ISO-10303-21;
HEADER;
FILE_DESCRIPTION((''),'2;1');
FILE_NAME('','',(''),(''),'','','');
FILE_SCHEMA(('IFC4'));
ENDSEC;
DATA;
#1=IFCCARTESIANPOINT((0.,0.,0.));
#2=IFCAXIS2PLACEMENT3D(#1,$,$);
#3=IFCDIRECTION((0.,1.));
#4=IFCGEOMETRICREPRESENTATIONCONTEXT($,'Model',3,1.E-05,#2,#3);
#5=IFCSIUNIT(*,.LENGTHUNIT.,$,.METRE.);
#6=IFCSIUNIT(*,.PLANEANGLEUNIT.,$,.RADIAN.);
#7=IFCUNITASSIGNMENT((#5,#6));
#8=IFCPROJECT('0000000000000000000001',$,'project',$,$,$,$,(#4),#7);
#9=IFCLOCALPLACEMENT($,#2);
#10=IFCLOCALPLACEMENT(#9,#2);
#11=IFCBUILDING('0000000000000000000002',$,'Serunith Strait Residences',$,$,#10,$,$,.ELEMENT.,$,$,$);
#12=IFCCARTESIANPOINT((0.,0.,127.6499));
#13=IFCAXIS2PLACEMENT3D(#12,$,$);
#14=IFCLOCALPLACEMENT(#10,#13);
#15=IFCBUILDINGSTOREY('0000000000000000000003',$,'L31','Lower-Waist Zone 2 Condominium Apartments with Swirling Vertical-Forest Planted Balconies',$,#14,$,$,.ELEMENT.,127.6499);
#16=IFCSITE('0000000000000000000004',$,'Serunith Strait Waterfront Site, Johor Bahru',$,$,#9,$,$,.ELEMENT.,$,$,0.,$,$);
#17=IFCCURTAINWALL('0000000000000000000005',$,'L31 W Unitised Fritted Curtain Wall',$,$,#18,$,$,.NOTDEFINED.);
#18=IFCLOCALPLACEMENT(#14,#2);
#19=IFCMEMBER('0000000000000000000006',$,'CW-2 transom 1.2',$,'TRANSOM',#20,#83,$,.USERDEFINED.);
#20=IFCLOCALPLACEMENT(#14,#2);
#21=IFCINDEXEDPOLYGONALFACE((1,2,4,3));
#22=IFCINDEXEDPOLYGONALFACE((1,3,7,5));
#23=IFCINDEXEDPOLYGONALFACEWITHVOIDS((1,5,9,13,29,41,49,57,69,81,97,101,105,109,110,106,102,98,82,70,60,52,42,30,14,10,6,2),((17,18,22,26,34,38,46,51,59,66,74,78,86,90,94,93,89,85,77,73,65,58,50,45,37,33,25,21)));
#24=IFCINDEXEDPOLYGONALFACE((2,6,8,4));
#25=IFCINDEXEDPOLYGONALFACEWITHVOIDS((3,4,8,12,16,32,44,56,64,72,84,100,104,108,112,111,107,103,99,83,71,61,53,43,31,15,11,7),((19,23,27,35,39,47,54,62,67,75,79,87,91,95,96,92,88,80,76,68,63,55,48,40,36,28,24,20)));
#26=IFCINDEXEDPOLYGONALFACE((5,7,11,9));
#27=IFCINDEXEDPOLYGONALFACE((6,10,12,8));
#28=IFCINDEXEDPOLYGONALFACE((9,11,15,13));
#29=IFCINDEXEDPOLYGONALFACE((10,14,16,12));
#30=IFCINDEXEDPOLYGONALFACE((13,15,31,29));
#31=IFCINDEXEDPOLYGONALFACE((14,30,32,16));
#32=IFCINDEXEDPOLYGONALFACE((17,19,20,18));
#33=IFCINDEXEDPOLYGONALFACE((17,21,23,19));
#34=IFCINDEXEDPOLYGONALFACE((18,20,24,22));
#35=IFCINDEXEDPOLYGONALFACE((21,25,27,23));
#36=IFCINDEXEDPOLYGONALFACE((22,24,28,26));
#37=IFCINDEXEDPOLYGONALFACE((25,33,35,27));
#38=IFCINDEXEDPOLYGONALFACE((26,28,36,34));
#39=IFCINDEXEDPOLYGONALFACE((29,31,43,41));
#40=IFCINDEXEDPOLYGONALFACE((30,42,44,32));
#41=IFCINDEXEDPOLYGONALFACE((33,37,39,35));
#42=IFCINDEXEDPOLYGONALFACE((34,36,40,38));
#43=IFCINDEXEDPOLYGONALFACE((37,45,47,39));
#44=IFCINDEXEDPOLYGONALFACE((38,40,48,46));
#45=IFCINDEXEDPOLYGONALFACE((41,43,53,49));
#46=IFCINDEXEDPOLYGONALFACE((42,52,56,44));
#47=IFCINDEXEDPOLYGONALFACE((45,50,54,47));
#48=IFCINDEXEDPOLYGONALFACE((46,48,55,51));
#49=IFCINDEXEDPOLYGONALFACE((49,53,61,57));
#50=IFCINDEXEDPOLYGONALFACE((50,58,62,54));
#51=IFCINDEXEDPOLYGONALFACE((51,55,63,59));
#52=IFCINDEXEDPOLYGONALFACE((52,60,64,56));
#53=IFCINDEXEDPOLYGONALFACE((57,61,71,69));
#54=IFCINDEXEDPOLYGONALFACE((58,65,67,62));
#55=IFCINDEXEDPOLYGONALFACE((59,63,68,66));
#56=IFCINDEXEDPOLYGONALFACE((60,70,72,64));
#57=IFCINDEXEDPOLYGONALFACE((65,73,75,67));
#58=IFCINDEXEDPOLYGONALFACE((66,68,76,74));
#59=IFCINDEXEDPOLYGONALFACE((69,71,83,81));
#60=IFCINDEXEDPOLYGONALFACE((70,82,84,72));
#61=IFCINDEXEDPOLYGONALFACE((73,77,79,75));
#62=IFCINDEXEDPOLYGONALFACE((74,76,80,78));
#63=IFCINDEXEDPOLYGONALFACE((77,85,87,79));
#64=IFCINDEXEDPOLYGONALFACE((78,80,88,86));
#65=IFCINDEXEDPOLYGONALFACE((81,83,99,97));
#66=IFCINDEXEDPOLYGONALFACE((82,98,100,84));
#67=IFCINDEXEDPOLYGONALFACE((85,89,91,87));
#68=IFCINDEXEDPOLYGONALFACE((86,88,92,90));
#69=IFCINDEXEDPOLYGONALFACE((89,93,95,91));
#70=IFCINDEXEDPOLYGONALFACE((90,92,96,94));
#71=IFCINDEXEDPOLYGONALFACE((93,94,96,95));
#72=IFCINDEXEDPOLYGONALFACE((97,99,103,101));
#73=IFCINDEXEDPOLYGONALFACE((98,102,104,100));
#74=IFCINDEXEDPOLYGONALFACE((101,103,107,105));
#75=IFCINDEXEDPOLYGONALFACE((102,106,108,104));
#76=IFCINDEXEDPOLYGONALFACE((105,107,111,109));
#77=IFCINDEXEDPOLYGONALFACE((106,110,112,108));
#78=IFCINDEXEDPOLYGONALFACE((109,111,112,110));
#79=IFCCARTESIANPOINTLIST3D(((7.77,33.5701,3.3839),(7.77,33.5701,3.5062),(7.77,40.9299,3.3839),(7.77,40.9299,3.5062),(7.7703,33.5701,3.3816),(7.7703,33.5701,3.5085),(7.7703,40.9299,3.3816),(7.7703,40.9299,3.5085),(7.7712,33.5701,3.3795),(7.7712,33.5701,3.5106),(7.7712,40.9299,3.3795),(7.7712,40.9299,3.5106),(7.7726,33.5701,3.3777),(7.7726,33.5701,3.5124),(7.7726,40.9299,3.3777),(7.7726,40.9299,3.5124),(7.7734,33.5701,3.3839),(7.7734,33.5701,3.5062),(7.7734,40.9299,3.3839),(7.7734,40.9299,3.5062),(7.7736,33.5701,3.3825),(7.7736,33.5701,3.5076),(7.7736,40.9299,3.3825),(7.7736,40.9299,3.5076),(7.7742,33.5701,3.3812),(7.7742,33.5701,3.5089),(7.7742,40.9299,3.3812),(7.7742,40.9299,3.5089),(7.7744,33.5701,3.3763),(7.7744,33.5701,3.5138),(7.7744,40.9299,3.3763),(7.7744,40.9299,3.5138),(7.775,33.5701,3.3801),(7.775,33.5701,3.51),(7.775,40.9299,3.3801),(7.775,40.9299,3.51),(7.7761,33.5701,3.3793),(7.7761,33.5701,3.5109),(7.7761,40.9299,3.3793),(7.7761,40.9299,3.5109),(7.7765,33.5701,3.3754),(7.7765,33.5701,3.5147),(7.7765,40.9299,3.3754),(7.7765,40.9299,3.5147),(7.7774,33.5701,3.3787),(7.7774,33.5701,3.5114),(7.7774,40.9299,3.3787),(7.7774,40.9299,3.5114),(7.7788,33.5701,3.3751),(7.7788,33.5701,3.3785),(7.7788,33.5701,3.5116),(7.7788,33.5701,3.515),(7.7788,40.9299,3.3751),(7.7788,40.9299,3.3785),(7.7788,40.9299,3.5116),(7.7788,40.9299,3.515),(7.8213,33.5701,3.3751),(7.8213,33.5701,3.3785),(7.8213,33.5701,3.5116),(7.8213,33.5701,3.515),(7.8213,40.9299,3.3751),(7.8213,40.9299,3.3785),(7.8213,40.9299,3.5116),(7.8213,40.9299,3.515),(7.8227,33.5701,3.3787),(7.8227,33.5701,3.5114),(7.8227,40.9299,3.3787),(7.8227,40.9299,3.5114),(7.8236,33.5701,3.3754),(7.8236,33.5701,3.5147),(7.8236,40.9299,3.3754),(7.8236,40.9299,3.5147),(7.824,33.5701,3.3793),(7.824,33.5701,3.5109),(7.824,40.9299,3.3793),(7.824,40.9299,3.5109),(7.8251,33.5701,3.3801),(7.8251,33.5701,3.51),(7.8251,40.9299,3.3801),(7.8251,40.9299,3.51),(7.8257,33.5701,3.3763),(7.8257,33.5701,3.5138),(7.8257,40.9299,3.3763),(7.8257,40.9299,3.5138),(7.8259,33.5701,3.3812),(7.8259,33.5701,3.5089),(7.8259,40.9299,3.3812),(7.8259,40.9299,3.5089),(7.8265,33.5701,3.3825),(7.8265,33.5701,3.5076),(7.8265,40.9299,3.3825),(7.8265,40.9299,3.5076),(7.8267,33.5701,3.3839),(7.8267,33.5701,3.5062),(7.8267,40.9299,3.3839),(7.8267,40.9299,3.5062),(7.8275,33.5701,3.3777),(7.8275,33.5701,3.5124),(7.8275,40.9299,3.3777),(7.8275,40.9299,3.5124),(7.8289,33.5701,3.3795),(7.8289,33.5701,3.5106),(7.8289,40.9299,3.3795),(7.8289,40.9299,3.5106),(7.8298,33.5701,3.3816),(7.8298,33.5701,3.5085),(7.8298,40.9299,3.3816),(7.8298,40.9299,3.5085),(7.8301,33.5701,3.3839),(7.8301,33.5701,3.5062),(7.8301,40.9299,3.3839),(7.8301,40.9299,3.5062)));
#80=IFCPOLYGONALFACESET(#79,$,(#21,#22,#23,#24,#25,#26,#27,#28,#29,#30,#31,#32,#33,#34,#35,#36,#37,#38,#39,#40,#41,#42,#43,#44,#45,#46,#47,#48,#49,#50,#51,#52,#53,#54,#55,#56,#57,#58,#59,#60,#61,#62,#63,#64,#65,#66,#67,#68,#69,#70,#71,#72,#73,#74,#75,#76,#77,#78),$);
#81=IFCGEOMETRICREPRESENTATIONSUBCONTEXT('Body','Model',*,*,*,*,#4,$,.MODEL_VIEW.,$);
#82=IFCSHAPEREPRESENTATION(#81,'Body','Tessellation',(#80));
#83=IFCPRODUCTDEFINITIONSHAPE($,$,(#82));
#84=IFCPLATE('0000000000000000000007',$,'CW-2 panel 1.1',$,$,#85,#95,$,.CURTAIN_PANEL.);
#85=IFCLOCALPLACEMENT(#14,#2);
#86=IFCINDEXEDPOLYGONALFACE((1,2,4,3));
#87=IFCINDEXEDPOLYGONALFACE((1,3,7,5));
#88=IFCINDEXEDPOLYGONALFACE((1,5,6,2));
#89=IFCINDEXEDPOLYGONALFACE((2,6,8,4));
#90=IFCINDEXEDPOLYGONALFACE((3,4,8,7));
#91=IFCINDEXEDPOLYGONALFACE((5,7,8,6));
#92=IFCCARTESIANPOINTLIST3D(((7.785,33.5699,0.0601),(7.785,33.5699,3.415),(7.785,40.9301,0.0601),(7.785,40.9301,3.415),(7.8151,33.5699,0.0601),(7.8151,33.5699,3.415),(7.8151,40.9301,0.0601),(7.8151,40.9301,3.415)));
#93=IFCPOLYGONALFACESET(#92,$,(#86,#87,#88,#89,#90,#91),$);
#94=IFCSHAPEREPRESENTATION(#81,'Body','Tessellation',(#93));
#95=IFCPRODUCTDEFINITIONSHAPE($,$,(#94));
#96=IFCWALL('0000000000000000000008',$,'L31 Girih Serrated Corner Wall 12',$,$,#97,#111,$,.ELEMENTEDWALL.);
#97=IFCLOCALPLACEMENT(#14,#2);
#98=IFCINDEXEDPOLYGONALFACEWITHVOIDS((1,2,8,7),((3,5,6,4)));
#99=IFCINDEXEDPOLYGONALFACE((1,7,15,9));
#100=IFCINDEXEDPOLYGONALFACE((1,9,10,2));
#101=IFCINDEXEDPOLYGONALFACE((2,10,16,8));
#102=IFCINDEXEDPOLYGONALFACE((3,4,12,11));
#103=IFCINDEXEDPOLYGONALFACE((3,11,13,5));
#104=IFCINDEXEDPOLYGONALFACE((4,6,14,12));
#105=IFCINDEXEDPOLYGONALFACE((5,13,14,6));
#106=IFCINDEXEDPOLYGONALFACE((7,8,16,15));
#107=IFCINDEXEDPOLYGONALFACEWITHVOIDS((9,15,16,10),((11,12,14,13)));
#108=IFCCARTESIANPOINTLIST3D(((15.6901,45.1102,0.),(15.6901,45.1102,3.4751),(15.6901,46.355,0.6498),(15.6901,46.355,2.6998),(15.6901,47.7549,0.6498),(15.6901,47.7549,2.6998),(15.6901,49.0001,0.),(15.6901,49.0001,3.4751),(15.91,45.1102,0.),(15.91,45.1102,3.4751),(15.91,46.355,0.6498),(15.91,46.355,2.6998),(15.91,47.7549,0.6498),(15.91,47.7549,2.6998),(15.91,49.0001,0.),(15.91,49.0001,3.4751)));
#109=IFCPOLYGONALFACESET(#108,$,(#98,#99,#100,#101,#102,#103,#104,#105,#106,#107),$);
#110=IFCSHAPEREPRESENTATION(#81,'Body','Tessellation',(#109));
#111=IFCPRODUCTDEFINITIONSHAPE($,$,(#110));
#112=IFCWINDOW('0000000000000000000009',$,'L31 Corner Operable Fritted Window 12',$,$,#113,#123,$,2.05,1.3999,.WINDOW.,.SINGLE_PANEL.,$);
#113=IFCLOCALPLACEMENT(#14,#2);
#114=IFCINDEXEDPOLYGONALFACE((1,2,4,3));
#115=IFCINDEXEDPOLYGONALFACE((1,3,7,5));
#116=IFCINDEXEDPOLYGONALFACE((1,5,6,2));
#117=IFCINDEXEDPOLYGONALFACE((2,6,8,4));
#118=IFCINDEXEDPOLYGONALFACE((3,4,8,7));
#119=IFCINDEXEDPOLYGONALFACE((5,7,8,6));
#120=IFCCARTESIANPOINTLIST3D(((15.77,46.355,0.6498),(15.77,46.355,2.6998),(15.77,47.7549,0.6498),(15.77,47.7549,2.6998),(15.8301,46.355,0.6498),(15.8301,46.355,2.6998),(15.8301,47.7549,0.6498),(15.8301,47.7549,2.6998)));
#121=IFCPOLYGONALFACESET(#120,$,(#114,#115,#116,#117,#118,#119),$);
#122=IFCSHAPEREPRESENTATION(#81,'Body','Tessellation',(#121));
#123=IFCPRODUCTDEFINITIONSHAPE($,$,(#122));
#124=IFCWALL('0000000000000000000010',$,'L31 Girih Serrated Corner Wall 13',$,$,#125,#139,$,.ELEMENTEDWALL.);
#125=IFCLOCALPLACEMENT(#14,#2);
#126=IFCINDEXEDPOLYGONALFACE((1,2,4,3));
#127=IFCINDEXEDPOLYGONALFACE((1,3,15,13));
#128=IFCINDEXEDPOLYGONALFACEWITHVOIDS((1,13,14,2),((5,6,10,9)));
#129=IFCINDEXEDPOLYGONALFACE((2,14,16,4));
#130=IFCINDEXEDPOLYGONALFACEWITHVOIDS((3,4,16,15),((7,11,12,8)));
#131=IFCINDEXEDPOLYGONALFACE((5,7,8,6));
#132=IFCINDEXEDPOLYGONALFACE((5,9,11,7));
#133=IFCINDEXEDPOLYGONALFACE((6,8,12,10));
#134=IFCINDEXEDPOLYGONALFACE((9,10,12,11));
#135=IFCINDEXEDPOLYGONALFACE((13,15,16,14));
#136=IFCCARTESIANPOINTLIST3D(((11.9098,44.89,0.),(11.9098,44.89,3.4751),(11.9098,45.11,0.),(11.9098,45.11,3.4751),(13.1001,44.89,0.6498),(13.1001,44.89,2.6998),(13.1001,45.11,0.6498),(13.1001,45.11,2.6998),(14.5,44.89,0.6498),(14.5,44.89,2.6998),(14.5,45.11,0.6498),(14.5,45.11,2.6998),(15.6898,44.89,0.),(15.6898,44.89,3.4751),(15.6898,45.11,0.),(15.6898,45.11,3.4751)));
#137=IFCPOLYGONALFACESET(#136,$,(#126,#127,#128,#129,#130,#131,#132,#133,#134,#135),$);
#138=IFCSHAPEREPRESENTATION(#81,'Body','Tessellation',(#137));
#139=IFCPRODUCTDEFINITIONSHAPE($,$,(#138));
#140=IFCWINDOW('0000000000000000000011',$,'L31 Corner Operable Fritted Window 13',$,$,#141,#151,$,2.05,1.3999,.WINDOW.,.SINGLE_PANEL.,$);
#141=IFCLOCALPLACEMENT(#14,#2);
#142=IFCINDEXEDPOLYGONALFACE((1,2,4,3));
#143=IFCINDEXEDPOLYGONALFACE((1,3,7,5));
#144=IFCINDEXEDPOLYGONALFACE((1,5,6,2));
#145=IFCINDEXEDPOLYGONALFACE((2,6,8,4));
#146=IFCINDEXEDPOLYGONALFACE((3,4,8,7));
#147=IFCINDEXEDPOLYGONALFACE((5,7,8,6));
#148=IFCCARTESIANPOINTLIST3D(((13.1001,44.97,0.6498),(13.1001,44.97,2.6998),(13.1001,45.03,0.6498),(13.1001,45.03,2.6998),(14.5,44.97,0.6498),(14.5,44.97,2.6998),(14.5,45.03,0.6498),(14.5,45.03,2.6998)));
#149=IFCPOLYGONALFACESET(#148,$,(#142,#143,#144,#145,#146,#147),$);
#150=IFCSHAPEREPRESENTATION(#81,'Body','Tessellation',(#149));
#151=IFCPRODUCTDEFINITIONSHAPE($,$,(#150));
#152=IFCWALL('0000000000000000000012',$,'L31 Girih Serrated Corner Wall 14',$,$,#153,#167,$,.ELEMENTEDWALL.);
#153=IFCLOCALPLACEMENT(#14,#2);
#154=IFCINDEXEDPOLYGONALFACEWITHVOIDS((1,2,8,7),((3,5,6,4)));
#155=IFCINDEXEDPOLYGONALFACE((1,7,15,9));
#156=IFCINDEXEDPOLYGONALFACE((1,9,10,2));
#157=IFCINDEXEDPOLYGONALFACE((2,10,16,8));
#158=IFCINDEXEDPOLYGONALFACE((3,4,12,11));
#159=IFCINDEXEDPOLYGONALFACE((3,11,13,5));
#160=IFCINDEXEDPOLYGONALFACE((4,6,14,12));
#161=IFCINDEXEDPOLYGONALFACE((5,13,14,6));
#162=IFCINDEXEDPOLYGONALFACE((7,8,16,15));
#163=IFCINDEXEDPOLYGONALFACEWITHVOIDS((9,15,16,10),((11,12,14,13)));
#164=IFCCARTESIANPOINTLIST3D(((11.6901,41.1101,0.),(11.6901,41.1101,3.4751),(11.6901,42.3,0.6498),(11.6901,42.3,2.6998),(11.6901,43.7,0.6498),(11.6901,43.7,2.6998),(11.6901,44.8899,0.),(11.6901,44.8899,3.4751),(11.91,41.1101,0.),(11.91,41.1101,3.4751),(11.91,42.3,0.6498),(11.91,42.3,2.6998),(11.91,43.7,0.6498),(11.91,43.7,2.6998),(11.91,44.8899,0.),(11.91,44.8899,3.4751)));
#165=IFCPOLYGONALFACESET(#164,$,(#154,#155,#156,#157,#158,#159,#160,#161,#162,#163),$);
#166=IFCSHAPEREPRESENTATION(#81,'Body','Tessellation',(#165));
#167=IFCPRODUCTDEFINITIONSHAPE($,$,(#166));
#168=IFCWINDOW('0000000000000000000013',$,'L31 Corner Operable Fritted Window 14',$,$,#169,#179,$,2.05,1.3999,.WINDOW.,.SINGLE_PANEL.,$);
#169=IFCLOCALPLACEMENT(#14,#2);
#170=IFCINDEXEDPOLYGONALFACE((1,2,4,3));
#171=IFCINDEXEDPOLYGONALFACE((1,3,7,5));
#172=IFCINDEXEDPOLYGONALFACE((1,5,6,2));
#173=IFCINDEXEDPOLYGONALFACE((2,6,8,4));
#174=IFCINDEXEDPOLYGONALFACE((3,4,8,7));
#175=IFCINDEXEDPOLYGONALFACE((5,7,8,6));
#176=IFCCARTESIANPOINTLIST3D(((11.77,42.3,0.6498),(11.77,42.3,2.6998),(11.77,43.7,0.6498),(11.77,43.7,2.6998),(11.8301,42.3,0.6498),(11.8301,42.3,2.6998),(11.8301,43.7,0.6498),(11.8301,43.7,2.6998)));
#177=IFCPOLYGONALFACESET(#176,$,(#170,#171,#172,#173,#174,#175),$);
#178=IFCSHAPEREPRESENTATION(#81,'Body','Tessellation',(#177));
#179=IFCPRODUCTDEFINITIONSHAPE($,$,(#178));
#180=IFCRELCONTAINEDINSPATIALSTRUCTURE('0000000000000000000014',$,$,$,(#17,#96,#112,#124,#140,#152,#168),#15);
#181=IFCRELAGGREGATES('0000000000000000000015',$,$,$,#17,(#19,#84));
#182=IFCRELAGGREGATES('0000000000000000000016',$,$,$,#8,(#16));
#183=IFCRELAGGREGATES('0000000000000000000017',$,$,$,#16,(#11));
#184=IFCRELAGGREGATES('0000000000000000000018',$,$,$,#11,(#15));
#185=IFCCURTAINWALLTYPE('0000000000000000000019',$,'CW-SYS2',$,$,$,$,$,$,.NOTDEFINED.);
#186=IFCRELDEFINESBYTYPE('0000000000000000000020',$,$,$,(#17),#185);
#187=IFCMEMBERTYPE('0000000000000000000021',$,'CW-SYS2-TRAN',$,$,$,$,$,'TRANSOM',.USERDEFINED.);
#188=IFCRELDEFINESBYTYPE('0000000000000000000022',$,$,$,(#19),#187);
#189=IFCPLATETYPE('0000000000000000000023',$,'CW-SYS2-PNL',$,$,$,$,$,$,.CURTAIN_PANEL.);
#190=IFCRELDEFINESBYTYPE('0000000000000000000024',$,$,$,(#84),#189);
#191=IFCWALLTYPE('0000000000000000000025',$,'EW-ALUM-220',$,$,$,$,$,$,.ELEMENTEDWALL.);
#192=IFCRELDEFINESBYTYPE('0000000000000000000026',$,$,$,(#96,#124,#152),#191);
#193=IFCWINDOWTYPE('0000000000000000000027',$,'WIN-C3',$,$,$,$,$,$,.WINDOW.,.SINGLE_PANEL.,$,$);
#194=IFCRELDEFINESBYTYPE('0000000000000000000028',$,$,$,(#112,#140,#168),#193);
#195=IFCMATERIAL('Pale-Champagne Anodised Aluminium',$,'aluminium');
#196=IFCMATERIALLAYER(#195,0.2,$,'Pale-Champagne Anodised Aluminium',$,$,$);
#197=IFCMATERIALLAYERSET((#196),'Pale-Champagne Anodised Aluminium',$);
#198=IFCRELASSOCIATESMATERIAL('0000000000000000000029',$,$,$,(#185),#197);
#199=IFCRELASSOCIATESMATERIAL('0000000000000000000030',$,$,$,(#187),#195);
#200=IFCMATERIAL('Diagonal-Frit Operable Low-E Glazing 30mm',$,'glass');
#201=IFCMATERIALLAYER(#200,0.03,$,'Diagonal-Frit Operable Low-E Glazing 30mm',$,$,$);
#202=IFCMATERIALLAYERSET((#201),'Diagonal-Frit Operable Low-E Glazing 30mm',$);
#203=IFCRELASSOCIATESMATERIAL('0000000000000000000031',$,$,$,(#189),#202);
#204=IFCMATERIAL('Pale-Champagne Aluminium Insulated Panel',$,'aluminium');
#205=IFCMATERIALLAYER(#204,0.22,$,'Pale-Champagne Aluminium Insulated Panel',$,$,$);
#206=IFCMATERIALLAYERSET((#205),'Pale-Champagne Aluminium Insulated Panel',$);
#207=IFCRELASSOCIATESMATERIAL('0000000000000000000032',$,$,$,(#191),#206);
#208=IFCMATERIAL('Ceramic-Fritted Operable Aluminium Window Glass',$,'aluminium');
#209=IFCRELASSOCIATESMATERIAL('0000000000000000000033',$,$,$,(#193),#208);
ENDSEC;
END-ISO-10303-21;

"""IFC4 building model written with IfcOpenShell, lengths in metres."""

from ifc_helpers import new_model, si_unit, direction, frame, frame_2d, origin, origin_2d, place, context, subcontext, project, spatial, rectangle, hollow_rectangle, extrude, source, transform, mapped, material, layer, layer_set, material_profile, profile_set, type_object, element, fill, aggregate, save


model = new_model("IFC4")

# Units and contexts
model_context = context("Model", 3, precision=1e-05, world=origin(), true_north=direction((0.0, 1.0)))
body_context = subcontext(model_context, "Body", "Model", "MODEL_VIEW")
ifc_project = project(units=[si_unit("LENGTHUNIT", "METRE"), si_unit("PLANEANGLEUNIT", "RADIAN")], contexts=[model_context])

# Site, building, storey
site_placement = place(None, origin())
site = spatial("IfcSite", under=ifc_project, at=site_placement, Name="Serunith Strait Waterfront Site, Johor Bahru", CompositionType="ELEMENT", RefElevation=0.0)
building_placement = place(site_placement, origin())
building = spatial("IfcBuilding", under=site, at=building_placement, Name="Serunith Strait Residences", CompositionType="ELEMENT")
storey_placement = place(building_placement, frame((0.0, 0.0, 127.6499)))
storey = spatial("IfcBuildingStorey", under=building, at=storey_placement, Name="L31", Description="Lower-Waist Zone 2 Condominium Apartments with Swirling Vertical-Forest Planted Balconies", CompositionType="ELEMENT", Elevation=127.6499)

# Shared definitions
ifc_material_1 = material(Name="Pale-Champagne Anodised Aluminium", Category="aluminium")
ifc_layer_1 = layer(ifc_material_1, 0.2, Name="Pale-Champagne Anodised Aluminium")
ifc_layer_set_1 = layer_set([ifc_layer_1], Name="Pale-Champagne Anodised Aluminium")
curtain_wall_type = type_object("IfcCurtainWallType", Name="CW-SYS2", PredefinedType="NOTDEFINED", material=ifc_layer_set_1)

# Curtain wall, member, plate
curtain_wall_1_placement = place(storey_placement, origin())
curtain_wall_1 = element("IfcCurtainWall", 1, at=curtain_wall_1_placement, inside=storey, type_object=curtain_wall_type, Name="L31 W Unitised Fritted Curtain Wall", PredefinedType="NOTDEFINED")
ifc_material_profile_1 = material_profile(ifc_material_1, hollow_rectangle(XDim=0.0601, YDim=0.1399, WallThickness=0.0034, InnerFilletRadius=0.0054, OuterFilletRadius=0.0088, at=origin_2d()), Name="ALU 140x60x3.5")
ifc_profile_set_1 = profile_set([ifc_material_profile_1], Name="Pale-Champagne Anodised Aluminium")
member_type_1 = type_object("IfcMemberType", Name="CW-SYS2-TRAN", ElementType="TRANSOM", PredefinedType="USERDEFINED", material=ifc_profile_set_1)
shared_shape_1 = source(origin(), body_context, "Body", "SweptSolid", [
    extrude(hollow_rectangle(XDim=0.0601, YDim=0.1399, WallThickness=0.0034, InnerFilletRadius=0.0054, OuterFilletRadius=0.0088, at=origin_2d()), origin(), (0.0, 0.0, 1.0), 7.3599),
])
member_1_placement = place(storey_placement, frame((7.8, 40.9299, 3.4451), z_axis=(0.0, -1.0, 0.0), x_axis=(1.0, 0.0, 0.0)))
member_1 = element("IfcMember", 2, at=member_1_placement, type_object=member_type_1, Name="CW-2 transom 1.2", ObjectType="TRANSOM", PredefinedType="USERDEFINED", context=body_context, shape_type="MappedRepresentation", body=[
    mapped(shared_shape_1, transform((0.0, 0.0, 0.0), scale=1.0)),
])
ifc_material_2 = material(Name="Diagonal-Frit Operable Low-E Glazing 30mm", Category="glass")
ifc_layer_2 = layer(ifc_material_2, 0.03, Name="Diagonal-Frit Operable Low-E Glazing 30mm")
ifc_layer_set_2 = layer_set([ifc_layer_2], Name="Diagonal-Frit Operable Low-E Glazing 30mm")
plate_type = type_object("IfcPlateType", Name="CW-SYS2-PNL", PredefinedType="CURTAIN_PANEL", material=ifc_layer_set_2)
shared_shape_2 = source(origin(), body_context, "Body", "SweptSolid", [
    extrude(rectangle(XDim=7.3601, YDim=0.03, at=origin_2d()), origin(), (0.0, 0.0, 1.0), 3.355),
])
plate_placement = place(storey_placement, frame((7.8, 37.25, 0.0601), z_axis=(0.0, 0.0, 1.0), x_axis=(0.0, -1.0, 0.0)))
plate = element("IfcPlate", 3, at=plate_placement, type_object=plate_type, Name="CW-2 panel 1.1", PredefinedType="CURTAIN_PANEL", context=body_context, shape_type="MappedRepresentation", body=[
    mapped(shared_shape_2, transform((0.0, 0.0, 0.0), scale=1.0)),
])
aggregate(curtain_wall_1, [member_1, plate])

# Walls, openings, windows
ifc_material_3 = material(Name="Pale-Champagne Aluminium Insulated Panel", Category="aluminium")
ifc_layer_3 = layer(ifc_material_3, 0.22, Name="Pale-Champagne Aluminium Insulated Panel")
ifc_layer_set_3 = layer_set([ifc_layer_3], Name="Pale-Champagne Aluminium Insulated Panel")
wall_type_1 = type_object("IfcWallType", Name="EW-ALUM-220", PredefinedType="ELEMENTEDWALL", material=ifc_layer_set_3)
wall_1_placement = place(storey_placement, frame((15.8, 49.0, 0.0), z_axis=(0.0, 0.0, 1.0), x_axis=(0.0, -1.0, 0.0)))
wall_1 = element("IfcWall", 4, at=wall_1_placement, inside=storey, type_object=wall_type_1, Name="L31 Girih Serrated Corner Wall 12", PredefinedType="ELEMENTEDWALL", context=body_context, shape_type="SweptSolid", body=[
    extrude(rectangle(XDim=3.8899, YDim=0.22, at=frame_2d((1.9448, 0.0))), origin(), (0.0, 0.0, 1.0), 3.4751),
])
opening_1_placement = place(wall_1_placement, frame((1.2451, 0.0, 0.6499)))
opening_1 = element("IfcOpeningElement", 5, at=opening_1_placement, cuts=wall_1, PredefinedType="OPENING", context=body_context, shape_type="SweptSolid", body=[
    extrude(rectangle(XDim=1.3999, YDim=2.05, at=frame_2d((0.7, 1.0249))), frame((0.0, 0.1201, 0.0), z_axis=(0.0, -1.0, 0.0), x_axis=(1.0, 0.0, 0.0)), (0.0, 0.0, 1.0), 0.24),
])
ifc_material_4 = material(Name="Ceramic-Fritted Operable Aluminium Window Glass", Category="aluminium")
window_type = type_object("IfcWindowType", Name="WIN-C3", PartitioningType="SINGLE_PANEL", PredefinedType="WINDOW", material=ifc_material_4)
shared_shape_3 = source(origin(), body_context, "Body", "SweptSolid", [
    extrude(rectangle(XDim=1.3999, YDim=2.05, at=frame_2d((0.7, 1.0249))), frame((0.0, 0.03, 0.0), z_axis=(0.0, -1.0, 0.0), x_axis=(1.0, 0.0, 0.0)), (0.0, 0.0, 1.0), 0.0601),
])
window_1_placement = place(opening_1_placement, origin())
window_1 = element("IfcWindow", 6, at=window_1_placement, inside=storey, type_object=window_type, Name="L31 Corner Operable Fritted Window 12", OverallHeight=2.05, OverallWidth=1.3999, PartitioningType="SINGLE_PANEL", PredefinedType="WINDOW", context=body_context, shape_type="MappedRepresentation", body=[
    mapped(shared_shape_3, transform((0.0, 0.0, 0.0), scale=1.0)),
])
fill(opening_1, window_1)
wall_2_placement = place(storey_placement, frame((15.6899, 45.0, 0.0), z_axis=(0.0, 0.0, 1.0), x_axis=(-1.0, 0.0, 0.0)))
wall_2 = element("IfcWall", 7, at=wall_2_placement, inside=storey, type_object=wall_type_1, Name="L31 Girih Serrated Corner Wall 13", PredefinedType="ELEMENTEDWALL", context=body_context, shape_type="SweptSolid", body=[
    extrude(rectangle(XDim=3.78, YDim=0.22, at=frame_2d((1.8901, 0.0))), origin(), (0.0, 0.0, 1.0), 3.4751),
])
opening_2_placement = place(wall_2_placement, frame((1.1899, 0.0, 0.6499)))
opening_2 = element("IfcOpeningElement", 8, at=opening_2_placement, cuts=wall_2, PredefinedType="OPENING", context=body_context, shape_type="SweptSolid", body=[
    extrude(rectangle(XDim=1.3999, YDim=2.05, at=frame_2d((0.7, 1.0249))), frame((0.0, 0.1201, 0.0), z_axis=(0.0, -1.0, 0.0), x_axis=(1.0, 0.0, 0.0)), (0.0, 0.0, 1.0), 0.24),
])
window_2_placement = place(opening_2_placement, origin())
window_2 = element("IfcWindow", 9, at=window_2_placement, inside=storey, type_object=window_type, Name="L31 Corner Operable Fritted Window 13", OverallHeight=2.05, OverallWidth=1.3999, PartitioningType="SINGLE_PANEL", PredefinedType="WINDOW", context=body_context, shape_type="MappedRepresentation", body=[
    mapped(shared_shape_3, transform((0.0, 0.0, 0.0), scale=1.0)),
])
fill(opening_2, window_2)
wall_3_placement = place(storey_placement, frame((11.8, 44.8899, 0.0), z_axis=(0.0, 0.0, 1.0), x_axis=(0.0, -1.0, 0.0)))
wall_3 = element("IfcWall", 10, at=wall_3_placement, inside=storey, type_object=wall_type_1, Name="L31 Girih Serrated Corner Wall 14", PredefinedType="ELEMENTEDWALL", context=body_context, shape_type="SweptSolid", body=[
    extrude(rectangle(XDim=3.7798, YDim=0.22, at=frame_2d((1.8899, 0.0))), origin(), (0.0, 0.0, 1.0), 3.4751),
])
opening_3_placement = place(wall_3_placement, frame((1.1899, 0.0, 0.6499)))
opening_3 = element("IfcOpeningElement", 11, at=opening_3_placement, cuts=wall_3, PredefinedType="OPENING", context=body_context, shape_type="SweptSolid", body=[
    extrude(rectangle(XDim=1.3999, YDim=2.05, at=frame_2d((0.7, 1.0249))), frame((0.0, 0.1201, 0.0), z_axis=(0.0, -1.0, 0.0), x_axis=(1.0, 0.0, 0.0)), (0.0, 0.0, 1.0), 0.24),
])
window_3_placement = place(opening_3_placement, origin())
window_3 = element("IfcWindow", 12, at=window_3_placement, inside=storey, type_object=window_type, Name="L31 Corner Operable Fritted Window 14", OverallHeight=2.05, OverallWidth=1.3999, PartitioningType="SINGLE_PANEL", PredefinedType="WINDOW", context=body_context, shape_type="MappedRepresentation", body=[
    mapped(shared_shape_3, transform((0.0, 0.0, 0.0), scale=1.0)),
])
fill(opening_3, window_3)

save(model, "model.ifc")
